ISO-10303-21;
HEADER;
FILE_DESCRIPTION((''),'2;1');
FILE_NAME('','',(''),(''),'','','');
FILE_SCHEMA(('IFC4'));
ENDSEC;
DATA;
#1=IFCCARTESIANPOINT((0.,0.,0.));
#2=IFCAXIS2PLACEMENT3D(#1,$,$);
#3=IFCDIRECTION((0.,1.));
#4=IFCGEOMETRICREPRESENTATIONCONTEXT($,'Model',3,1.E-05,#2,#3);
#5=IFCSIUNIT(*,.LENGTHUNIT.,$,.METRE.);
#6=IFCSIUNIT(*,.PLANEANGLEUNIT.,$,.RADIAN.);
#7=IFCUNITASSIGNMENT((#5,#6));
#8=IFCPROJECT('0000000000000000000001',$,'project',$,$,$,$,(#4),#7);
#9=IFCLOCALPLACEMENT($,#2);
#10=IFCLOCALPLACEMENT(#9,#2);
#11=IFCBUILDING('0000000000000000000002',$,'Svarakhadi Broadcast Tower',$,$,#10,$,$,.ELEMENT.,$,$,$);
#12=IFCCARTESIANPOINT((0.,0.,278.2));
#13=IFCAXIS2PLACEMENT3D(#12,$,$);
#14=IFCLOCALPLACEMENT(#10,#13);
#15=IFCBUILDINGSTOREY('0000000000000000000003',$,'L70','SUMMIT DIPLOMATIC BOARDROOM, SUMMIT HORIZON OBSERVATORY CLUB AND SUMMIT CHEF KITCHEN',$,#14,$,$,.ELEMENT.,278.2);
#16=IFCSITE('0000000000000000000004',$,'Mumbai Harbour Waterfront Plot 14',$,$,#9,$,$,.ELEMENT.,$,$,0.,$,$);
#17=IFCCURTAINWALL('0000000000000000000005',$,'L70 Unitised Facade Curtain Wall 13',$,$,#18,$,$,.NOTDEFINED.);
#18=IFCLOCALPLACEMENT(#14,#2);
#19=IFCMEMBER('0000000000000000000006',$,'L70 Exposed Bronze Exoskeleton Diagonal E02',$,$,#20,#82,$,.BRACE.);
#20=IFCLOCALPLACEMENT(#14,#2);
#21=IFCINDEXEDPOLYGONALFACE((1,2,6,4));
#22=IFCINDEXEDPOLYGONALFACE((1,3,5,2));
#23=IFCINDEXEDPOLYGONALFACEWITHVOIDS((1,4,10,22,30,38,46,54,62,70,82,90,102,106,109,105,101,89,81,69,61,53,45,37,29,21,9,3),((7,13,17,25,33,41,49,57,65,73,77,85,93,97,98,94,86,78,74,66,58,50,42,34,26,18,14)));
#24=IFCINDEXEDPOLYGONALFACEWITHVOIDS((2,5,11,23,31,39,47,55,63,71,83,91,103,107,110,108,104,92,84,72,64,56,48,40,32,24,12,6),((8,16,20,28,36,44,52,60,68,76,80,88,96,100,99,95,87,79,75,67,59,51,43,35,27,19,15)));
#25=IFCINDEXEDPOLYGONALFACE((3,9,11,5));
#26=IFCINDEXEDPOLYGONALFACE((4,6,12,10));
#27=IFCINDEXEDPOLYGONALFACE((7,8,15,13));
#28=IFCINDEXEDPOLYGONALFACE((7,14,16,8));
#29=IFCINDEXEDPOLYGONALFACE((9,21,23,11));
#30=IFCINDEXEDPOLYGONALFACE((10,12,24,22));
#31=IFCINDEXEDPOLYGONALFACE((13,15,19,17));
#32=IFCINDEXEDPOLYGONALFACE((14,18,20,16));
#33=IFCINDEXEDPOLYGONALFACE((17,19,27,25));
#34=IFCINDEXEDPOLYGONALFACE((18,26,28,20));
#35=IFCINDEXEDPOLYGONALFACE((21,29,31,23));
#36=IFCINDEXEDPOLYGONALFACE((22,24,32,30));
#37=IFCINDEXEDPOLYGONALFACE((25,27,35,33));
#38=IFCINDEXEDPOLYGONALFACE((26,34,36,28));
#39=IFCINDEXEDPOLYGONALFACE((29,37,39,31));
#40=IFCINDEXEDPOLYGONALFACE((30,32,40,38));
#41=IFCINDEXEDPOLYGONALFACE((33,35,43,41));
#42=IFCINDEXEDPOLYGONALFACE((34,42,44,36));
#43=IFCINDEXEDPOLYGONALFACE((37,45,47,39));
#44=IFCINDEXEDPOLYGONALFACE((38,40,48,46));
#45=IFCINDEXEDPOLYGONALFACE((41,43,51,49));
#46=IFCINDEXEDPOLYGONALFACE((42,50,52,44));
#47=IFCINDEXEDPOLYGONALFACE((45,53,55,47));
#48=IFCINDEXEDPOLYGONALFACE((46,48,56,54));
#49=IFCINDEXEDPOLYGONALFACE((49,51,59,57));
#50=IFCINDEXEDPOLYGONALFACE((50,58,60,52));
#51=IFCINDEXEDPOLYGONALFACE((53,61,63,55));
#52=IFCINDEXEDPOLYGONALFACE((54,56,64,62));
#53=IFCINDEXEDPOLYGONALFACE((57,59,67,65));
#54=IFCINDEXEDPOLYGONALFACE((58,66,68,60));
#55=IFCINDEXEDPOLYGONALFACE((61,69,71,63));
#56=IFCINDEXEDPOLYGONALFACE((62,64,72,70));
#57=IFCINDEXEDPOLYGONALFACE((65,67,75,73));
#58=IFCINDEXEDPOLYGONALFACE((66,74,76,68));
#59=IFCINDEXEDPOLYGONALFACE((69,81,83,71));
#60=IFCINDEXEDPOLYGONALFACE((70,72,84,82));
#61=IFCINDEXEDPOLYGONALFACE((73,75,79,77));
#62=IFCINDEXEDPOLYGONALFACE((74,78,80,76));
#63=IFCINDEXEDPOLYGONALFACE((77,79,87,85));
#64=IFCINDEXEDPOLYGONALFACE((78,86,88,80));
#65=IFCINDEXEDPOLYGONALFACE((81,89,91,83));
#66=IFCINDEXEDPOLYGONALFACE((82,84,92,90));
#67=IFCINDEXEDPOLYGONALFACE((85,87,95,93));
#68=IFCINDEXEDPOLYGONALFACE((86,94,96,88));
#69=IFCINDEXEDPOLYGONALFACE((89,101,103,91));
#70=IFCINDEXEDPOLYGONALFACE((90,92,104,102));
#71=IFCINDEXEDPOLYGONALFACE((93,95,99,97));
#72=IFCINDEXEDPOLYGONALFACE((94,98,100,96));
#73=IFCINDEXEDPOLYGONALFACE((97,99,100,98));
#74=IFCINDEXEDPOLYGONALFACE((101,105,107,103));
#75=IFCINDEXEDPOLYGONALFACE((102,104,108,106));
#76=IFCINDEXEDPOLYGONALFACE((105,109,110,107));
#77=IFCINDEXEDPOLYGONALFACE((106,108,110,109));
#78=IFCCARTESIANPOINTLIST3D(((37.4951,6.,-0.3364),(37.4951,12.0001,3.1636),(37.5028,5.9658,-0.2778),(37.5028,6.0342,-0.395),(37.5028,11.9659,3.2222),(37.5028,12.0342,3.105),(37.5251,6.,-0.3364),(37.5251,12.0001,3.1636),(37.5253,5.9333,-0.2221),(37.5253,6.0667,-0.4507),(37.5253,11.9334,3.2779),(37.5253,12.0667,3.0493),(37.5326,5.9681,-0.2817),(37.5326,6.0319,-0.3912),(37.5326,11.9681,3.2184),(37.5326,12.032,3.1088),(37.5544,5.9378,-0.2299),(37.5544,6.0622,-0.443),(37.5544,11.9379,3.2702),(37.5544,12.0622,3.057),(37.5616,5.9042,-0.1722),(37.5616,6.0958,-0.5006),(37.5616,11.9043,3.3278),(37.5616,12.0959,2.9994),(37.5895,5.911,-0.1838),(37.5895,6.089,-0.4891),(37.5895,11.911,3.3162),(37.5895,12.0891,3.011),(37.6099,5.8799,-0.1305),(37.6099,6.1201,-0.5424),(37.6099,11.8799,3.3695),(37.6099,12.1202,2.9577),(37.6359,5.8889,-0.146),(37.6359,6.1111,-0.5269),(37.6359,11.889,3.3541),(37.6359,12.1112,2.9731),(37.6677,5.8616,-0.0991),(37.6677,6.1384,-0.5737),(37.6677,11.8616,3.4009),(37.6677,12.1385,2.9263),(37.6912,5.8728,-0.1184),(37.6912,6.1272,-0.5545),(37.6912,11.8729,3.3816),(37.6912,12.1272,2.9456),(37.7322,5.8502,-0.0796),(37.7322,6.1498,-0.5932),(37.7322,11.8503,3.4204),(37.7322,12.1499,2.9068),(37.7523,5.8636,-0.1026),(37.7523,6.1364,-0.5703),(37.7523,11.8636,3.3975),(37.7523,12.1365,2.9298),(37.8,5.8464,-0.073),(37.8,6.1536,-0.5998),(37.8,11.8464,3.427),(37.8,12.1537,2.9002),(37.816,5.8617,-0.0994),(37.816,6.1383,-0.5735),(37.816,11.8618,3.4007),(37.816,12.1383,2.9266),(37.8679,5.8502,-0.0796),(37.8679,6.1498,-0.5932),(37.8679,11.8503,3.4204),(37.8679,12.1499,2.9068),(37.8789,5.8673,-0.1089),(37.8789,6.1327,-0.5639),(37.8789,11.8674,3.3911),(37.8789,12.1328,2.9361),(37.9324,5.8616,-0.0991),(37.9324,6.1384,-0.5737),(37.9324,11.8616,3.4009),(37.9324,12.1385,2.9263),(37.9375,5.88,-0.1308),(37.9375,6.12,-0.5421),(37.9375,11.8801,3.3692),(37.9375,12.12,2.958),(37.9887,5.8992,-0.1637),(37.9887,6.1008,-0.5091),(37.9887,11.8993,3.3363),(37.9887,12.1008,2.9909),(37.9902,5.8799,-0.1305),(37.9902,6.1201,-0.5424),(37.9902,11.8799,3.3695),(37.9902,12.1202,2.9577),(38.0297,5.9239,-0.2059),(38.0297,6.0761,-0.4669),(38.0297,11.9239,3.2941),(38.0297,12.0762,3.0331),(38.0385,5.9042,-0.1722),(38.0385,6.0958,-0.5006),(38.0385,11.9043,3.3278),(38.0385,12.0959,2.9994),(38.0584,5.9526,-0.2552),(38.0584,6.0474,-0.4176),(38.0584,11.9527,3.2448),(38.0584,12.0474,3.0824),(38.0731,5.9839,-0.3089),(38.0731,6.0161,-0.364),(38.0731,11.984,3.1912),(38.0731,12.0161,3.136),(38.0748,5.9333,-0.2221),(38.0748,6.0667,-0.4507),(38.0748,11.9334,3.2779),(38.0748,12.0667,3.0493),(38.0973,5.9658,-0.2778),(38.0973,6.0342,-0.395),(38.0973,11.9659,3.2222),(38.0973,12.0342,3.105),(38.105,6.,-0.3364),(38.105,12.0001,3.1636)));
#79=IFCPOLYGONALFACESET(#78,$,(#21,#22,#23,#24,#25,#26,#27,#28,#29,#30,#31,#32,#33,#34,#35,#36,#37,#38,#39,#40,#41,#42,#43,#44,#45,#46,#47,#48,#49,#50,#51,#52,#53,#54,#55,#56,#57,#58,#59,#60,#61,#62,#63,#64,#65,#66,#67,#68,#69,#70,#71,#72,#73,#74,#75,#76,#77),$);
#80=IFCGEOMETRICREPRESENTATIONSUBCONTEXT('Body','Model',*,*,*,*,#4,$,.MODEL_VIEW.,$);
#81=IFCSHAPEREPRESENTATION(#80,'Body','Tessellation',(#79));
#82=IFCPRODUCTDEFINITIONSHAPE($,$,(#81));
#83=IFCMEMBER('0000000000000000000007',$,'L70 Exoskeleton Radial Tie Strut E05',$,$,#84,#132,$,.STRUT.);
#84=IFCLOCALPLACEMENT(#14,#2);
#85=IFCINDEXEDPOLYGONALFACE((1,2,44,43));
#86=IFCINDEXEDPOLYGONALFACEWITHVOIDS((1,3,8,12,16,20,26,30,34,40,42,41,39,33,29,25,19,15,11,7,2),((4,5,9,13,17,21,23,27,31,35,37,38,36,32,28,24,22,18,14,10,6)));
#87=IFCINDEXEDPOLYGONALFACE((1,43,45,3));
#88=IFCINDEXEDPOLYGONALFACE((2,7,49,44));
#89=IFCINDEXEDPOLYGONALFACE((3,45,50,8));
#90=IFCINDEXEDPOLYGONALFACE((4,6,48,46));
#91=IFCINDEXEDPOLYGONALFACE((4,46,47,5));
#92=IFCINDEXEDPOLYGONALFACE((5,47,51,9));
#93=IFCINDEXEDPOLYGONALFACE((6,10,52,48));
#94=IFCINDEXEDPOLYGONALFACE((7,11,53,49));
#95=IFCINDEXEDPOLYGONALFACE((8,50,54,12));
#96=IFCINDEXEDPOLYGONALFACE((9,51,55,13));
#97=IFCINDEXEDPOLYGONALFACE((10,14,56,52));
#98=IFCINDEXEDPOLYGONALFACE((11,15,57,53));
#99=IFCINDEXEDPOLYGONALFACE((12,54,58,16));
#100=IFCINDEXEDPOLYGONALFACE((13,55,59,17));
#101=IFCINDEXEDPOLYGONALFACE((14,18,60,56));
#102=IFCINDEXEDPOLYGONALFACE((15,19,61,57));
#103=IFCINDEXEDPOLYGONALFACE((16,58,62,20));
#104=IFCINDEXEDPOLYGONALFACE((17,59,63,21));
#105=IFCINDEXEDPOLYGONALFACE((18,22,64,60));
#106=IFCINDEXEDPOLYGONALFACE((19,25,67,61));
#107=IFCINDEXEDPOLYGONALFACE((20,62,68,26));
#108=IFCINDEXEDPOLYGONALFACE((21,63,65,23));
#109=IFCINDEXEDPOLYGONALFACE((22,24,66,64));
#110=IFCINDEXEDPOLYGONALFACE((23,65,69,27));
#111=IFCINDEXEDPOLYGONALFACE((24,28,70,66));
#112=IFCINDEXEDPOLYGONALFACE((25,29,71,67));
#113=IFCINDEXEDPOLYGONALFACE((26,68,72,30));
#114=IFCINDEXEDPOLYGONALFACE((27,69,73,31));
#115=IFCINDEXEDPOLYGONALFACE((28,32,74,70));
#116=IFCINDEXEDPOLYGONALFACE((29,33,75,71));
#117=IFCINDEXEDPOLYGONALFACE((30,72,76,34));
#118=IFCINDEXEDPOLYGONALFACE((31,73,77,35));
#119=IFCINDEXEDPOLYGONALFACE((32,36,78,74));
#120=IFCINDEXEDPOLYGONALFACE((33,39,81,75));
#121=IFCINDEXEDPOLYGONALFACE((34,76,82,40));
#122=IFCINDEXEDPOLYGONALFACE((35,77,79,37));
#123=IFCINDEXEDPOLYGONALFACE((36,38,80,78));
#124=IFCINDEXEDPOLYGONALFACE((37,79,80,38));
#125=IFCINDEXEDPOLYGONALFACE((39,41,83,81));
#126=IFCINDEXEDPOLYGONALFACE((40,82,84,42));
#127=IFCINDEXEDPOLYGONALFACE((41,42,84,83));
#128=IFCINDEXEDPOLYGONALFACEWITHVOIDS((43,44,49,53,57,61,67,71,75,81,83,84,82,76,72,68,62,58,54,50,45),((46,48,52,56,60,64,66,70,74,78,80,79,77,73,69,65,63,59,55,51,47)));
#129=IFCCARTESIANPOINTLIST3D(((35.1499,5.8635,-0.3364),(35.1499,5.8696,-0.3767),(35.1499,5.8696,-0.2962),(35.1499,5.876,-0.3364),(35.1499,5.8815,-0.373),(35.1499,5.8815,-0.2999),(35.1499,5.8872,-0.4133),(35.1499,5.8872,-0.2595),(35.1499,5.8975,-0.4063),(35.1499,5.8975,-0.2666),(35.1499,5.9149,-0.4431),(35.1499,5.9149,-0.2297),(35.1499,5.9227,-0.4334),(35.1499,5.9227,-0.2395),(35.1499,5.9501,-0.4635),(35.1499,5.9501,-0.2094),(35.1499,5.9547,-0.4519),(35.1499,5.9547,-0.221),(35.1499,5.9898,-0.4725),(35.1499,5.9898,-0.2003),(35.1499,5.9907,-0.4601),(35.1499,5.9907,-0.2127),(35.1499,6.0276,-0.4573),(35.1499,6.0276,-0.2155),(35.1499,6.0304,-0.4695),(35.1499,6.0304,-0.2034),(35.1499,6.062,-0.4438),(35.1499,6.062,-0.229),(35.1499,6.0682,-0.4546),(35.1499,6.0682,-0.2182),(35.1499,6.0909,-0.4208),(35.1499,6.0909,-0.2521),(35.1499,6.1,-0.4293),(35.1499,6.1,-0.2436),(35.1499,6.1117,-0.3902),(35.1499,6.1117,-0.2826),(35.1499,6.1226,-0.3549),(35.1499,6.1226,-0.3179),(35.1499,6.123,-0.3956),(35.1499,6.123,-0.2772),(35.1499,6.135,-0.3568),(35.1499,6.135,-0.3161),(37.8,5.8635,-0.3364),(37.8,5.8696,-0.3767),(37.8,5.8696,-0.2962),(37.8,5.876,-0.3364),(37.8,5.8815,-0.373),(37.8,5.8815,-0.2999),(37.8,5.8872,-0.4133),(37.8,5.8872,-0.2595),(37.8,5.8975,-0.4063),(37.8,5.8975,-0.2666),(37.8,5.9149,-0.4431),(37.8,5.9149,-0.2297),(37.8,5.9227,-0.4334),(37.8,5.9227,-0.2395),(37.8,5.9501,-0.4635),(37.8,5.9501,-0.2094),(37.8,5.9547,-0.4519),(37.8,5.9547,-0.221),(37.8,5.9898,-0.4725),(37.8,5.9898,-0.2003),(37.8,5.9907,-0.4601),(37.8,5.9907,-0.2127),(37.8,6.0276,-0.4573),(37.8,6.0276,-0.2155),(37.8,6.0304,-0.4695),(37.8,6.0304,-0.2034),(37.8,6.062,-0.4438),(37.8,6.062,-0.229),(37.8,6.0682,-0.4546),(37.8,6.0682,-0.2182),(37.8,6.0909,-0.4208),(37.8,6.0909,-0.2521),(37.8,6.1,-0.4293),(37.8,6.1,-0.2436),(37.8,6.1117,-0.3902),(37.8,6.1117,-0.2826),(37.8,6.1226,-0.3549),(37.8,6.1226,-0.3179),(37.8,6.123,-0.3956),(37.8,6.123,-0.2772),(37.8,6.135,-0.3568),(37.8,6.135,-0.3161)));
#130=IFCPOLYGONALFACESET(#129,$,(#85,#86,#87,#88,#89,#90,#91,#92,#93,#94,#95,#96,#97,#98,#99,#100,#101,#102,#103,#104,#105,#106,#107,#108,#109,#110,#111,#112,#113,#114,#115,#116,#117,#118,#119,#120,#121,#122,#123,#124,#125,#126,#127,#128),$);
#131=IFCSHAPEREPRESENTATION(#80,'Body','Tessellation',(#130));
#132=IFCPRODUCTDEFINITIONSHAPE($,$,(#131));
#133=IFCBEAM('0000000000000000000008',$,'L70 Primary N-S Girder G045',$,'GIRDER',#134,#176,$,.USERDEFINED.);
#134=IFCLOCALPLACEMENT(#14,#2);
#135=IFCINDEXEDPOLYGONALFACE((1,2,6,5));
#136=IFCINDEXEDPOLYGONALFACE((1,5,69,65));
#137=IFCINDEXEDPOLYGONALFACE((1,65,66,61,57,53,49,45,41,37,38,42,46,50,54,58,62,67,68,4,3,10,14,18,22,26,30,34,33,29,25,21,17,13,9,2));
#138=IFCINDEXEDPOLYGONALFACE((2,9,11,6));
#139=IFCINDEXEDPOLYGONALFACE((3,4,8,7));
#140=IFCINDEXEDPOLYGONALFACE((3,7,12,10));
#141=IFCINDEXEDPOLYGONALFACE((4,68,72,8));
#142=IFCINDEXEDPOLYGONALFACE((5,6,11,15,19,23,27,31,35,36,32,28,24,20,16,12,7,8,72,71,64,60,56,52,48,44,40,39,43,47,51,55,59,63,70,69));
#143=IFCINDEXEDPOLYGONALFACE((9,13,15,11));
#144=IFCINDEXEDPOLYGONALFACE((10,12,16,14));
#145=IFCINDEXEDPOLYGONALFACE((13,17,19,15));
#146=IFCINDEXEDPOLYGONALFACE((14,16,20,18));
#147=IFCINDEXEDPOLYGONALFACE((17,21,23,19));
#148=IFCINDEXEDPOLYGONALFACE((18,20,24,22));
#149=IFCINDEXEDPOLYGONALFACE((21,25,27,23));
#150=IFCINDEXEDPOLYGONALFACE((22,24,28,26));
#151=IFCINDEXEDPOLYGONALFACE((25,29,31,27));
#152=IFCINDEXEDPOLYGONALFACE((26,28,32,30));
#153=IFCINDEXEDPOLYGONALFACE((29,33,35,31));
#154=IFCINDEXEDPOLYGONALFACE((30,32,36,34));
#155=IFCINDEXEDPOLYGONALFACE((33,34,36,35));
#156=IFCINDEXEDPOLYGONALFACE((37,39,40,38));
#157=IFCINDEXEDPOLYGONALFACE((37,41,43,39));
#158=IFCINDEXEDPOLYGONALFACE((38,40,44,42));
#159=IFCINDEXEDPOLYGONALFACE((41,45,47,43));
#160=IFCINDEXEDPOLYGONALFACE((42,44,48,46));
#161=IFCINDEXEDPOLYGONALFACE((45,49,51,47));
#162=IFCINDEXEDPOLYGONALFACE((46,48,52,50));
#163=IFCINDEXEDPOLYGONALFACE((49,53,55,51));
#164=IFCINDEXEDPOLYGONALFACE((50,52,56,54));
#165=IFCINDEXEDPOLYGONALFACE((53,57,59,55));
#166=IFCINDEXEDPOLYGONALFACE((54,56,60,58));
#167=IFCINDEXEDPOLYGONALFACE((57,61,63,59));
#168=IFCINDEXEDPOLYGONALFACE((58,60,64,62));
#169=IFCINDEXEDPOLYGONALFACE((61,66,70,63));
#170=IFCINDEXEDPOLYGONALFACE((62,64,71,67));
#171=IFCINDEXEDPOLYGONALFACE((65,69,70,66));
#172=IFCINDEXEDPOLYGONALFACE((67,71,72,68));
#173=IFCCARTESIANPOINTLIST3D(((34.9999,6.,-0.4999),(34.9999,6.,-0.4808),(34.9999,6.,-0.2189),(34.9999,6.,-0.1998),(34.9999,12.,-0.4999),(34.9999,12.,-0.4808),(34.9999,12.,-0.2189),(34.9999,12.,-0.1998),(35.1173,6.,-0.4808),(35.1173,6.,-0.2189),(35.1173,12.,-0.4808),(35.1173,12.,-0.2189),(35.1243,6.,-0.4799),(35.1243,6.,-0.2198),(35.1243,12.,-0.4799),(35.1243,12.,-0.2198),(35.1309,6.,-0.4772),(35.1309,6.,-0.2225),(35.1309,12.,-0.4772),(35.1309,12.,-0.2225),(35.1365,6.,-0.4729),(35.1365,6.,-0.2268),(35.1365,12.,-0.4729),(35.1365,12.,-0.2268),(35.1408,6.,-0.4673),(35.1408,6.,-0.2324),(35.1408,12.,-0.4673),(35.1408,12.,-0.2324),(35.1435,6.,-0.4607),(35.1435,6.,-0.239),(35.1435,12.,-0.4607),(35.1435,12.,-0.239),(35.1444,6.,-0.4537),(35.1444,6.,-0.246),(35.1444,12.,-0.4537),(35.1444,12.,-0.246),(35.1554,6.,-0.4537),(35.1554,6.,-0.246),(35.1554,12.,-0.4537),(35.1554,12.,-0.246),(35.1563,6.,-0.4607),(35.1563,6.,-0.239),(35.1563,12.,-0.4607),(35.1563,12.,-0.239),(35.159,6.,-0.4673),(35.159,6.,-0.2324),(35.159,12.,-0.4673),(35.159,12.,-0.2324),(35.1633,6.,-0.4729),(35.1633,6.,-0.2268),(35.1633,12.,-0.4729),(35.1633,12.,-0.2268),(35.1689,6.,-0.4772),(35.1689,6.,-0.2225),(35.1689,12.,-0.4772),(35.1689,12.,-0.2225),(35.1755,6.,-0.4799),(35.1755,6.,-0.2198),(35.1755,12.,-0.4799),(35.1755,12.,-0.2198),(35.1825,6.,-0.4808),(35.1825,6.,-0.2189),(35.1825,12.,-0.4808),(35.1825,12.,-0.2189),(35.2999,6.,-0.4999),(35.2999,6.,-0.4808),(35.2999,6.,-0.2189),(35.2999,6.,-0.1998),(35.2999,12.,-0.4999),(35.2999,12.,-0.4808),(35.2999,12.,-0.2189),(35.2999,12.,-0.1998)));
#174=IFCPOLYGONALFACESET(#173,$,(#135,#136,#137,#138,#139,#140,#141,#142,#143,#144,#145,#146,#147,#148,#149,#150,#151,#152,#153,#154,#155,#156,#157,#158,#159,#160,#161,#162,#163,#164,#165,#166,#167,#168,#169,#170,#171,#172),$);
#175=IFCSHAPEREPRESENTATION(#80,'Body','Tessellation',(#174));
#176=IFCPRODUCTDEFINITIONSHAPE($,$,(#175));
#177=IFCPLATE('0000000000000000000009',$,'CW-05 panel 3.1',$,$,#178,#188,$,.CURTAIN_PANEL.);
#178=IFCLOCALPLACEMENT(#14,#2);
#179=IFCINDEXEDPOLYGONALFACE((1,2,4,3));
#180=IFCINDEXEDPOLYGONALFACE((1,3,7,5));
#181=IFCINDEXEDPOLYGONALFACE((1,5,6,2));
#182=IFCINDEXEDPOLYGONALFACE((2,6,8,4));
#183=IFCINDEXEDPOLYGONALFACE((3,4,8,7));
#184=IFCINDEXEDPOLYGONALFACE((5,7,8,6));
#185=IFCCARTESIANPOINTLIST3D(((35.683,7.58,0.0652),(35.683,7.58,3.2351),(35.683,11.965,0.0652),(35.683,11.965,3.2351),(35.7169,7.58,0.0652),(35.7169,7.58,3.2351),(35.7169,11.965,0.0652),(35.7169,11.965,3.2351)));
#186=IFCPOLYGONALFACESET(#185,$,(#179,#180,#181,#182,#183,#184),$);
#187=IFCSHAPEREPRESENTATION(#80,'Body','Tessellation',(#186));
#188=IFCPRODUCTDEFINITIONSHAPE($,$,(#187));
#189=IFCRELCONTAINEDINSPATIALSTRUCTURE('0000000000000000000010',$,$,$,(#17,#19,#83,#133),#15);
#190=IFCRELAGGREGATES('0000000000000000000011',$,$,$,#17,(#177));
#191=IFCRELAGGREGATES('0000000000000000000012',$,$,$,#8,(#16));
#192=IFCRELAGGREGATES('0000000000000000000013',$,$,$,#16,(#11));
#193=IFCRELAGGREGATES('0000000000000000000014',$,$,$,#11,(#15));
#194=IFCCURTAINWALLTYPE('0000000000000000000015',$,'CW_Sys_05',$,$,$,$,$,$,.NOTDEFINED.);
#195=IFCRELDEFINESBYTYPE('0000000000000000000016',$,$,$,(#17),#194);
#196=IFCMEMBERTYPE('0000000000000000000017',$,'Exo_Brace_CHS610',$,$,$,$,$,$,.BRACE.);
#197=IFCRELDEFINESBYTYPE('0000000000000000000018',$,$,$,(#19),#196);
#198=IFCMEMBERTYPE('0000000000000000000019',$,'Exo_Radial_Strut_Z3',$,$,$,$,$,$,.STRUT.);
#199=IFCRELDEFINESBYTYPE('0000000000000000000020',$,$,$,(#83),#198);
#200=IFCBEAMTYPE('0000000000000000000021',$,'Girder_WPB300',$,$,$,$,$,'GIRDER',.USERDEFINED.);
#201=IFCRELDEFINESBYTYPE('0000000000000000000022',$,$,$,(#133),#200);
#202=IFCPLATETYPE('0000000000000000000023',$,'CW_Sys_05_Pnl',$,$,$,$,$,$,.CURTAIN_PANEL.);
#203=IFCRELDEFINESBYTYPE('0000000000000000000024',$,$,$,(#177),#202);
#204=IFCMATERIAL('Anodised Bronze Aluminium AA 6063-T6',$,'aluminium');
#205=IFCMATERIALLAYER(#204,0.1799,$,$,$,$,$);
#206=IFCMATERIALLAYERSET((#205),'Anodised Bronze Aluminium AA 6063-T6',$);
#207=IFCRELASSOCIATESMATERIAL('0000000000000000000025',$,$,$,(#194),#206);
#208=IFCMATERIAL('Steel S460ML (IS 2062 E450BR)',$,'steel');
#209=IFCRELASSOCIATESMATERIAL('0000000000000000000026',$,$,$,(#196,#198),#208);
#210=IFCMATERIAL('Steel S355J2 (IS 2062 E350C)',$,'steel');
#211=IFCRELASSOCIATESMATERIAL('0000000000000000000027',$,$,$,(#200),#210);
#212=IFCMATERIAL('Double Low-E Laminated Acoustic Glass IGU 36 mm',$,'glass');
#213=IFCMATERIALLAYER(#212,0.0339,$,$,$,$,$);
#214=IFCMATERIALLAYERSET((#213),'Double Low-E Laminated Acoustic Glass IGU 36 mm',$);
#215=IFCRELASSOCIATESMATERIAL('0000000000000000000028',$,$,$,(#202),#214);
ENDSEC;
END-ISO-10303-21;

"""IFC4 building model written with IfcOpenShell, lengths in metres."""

from ifc_helpers import new_model, si_unit, direction, frame, origin, origin_2d, place, context, subcontext, project, spatial, rectangle, hollow_circle, i_section, extrude, material, layer, layer_set, material_profile, profile_set, type_object, element, aggregate, save


model = new_model("IFC4")

# Units and contexts
model_context = context("Model", 3, precision=1e-05, world=origin(), true_north=direction((0.0, 1.0)))
body_context = subcontext(model_context, "Body", "Model", "MODEL_VIEW")
ifc_project = project(units=[si_unit("LENGTHUNIT", "METRE"), si_unit("PLANEANGLEUNIT", "RADIAN")], contexts=[model_context])

# Site, building, storey
site_placement = place(None, origin())
site = spatial("IfcSite", under=ifc_project, at=site_placement, Name="Mumbai Harbour Waterfront Plot 14", CompositionType="ELEMENT", RefElevation=0.0)
building_placement = place(site_placement, origin())
building = spatial("IfcBuilding", under=site, at=building_placement, Name="Svarakhadi Broadcast Tower", CompositionType="ELEMENT")
storey_placement = place(building_placement, frame((0.0, 0.0, 278.2)))
storey = spatial("IfcBuildingStorey", under=building, at=storey_placement, Name="L70", Description="SUMMIT DIPLOMATIC BOARDROOM, SUMMIT HORIZON OBSERVATORY CLUB AND SUMMIT CHEF KITCHEN", CompositionType="ELEMENT", Elevation=278.2)

# Shared definitions
ifc_material_1 = material(Name="Steel S460ML (IS 2062 E450BR)", Category="steel")

# Curtain wall
ifc_material_2 = material(Name="Anodised Bronze Aluminium AA 6063-T6", Category="aluminium")
ifc_layer_1 = layer(ifc_material_2, 0.1799)
ifc_layer_set_1 = layer_set([ifc_layer_1], Name="Anodised Bronze Aluminium AA 6063-T6")
curtain_wall_type = type_object("IfcCurtainWallType", Name="CW_Sys_05", PredefinedType="NOTDEFINED", material=ifc_layer_set_1)
curtain_wall_placement = place(storey_placement, origin())
curtain_wall = element("IfcCurtainWall", 1, at=curtain_wall_placement, inside=storey, type_object=curtain_wall_type, Name="L70 Unitised Facade Curtain Wall 13", PredefinedType="NOTDEFINED")

# Members
ifc_material_profile_1 = material_profile(ifc_material_1, hollow_circle(Radius=0.3049, WallThickness=0.03, at=origin_2d()), Name="CHS 610x30")
ifc_profile_set_1 = profile_set([ifc_material_profile_1], Name="Steel S460ML (IS 2062 E450BR)")
member_type_1 = type_object("IfcMemberType", Name="Exo_Brace_CHS610", PredefinedType="BRACE", material=ifc_profile_set_1)
member_1_placement = place(storey_placement, frame((37.8, 6.0, -0.3364), z_axis=(0.0, 0.863779, 0.503871), x_axis=(-1.0, 0.0, 0.0)))
element("IfcMember", 2, at=member_1_placement, inside=storey, type_object=member_type_1, Name="L70 Exposed Bronze Exoskeleton Diagonal E02", PredefinedType="BRACE", context=body_context, shape_type="SweptSolid", body=[
    extrude(hollow_circle(Radius=0.3049, WallThickness=0.03, at=origin_2d()), origin(), (0.0, 0.0, 1.0), 6.9463),
])
ifc_material_profile_2 = material_profile(ifc_material_1, hollow_circle(Radius=0.1365, WallThickness=0.0125, at=origin_2d()), Name="CHS 273x12.5")
ifc_profile_set_2 = profile_set([ifc_material_profile_2], Name="Steel S460ML (IS 2062 E450BR)")
member_type_2 = type_object("IfcMemberType", Name="Exo_Radial_Strut_Z3", PredefinedType="STRUT", material=ifc_profile_set_2)
member_2_placement = place(storey_placement, frame((37.8, 6.0, -0.3364), z_axis=(-1.0, 0.0, 0.0), x_axis=(0.0, -1.0, 0.0)))
element("IfcMember", 3, at=member_2_placement, inside=storey, type_object=member_type_2, Name="L70 Exoskeleton Radial Tie Strut E05", PredefinedType="STRUT", context=body_context, shape_type="SweptSolid", body=[
    extrude(hollow_circle(Radius=0.1365, WallThickness=0.0125, at=origin_2d()), origin(), (0.0, 0.0, 1.0), 2.6501),
])

# Beam
ifc_material_3 = material(Name="Steel S355J2 (IS 2062 E350C)", Category="steel")
ifc_material_profile_3 = material_profile(ifc_material_3, i_section(OverallWidth=0.3, OverallDepth=0.3, WebThickness=0.011, FlangeThickness=0.019, FilletRadius=0.0271, at=origin_2d()), Name="WPB 300x300x117")
ifc_profile_set_3 = profile_set([ifc_material_profile_3], Name="Steel S355J2 (IS 2062 E350C)")
beam_type = type_object("IfcBeamType", Name="Girder_WPB300", ElementType="GIRDER", PredefinedType="USERDEFINED", material=ifc_profile_set_3)
beam_placement = place(storey_placement, frame((35.1499, 6.0, -0.3499), z_axis=(0.0, 1.0, 0.0), x_axis=(-1.0, 0.0, 0.0)))
element("IfcBeam", 4, at=beam_placement, inside=storey, type_object=beam_type, Name="L70 Primary N-S Girder G045", ObjectType="GIRDER", PredefinedType="USERDEFINED", context=body_context, shape_type="SweptSolid", body=[
    extrude(i_section(OverallWidth=0.3, OverallDepth=0.3, WebThickness=0.011, FlangeThickness=0.019, FilletRadius=0.0271, at=origin_2d()), origin(), (0.0, 0.0, 1.0), 6.0),
])

# Plate
ifc_material_4 = material(Name="Double Low-E Laminated Acoustic Glass IGU 36 mm", Category="glass")
ifc_layer_2 = layer(ifc_material_4, 0.0339)
ifc_layer_set_2 = layer_set([ifc_layer_2], Name="Double Low-E Laminated Acoustic Glass IGU 36 mm")
plate_type_1 = type_object("IfcPlateType", Name="CW_Sys_05_Pnl", PredefinedType="CURTAIN_PANEL", material=ifc_layer_set_2)
plate_1_placement = place(storey_placement, frame((35.7, 9.7725, 0.0652), z_axis=(0.0, 0.0, 1.0), x_axis=(0.0, -1.0, 0.0)))
plate_1 = element("IfcPlate", 5, at=plate_1_placement, type_object=plate_type_1, Name="CW-05 panel 3.1", PredefinedType="CURTAIN_PANEL", context=body_context, shape_type="SweptSolid", body=[
    extrude(rectangle(XDim=4.385, YDim=0.0339, at=origin_2d()), origin(), (0.0, 0.0, 1.0), 3.1699),
])
aggregate(curtain_wall, [plate_1])

save(model, "model.ifc")
